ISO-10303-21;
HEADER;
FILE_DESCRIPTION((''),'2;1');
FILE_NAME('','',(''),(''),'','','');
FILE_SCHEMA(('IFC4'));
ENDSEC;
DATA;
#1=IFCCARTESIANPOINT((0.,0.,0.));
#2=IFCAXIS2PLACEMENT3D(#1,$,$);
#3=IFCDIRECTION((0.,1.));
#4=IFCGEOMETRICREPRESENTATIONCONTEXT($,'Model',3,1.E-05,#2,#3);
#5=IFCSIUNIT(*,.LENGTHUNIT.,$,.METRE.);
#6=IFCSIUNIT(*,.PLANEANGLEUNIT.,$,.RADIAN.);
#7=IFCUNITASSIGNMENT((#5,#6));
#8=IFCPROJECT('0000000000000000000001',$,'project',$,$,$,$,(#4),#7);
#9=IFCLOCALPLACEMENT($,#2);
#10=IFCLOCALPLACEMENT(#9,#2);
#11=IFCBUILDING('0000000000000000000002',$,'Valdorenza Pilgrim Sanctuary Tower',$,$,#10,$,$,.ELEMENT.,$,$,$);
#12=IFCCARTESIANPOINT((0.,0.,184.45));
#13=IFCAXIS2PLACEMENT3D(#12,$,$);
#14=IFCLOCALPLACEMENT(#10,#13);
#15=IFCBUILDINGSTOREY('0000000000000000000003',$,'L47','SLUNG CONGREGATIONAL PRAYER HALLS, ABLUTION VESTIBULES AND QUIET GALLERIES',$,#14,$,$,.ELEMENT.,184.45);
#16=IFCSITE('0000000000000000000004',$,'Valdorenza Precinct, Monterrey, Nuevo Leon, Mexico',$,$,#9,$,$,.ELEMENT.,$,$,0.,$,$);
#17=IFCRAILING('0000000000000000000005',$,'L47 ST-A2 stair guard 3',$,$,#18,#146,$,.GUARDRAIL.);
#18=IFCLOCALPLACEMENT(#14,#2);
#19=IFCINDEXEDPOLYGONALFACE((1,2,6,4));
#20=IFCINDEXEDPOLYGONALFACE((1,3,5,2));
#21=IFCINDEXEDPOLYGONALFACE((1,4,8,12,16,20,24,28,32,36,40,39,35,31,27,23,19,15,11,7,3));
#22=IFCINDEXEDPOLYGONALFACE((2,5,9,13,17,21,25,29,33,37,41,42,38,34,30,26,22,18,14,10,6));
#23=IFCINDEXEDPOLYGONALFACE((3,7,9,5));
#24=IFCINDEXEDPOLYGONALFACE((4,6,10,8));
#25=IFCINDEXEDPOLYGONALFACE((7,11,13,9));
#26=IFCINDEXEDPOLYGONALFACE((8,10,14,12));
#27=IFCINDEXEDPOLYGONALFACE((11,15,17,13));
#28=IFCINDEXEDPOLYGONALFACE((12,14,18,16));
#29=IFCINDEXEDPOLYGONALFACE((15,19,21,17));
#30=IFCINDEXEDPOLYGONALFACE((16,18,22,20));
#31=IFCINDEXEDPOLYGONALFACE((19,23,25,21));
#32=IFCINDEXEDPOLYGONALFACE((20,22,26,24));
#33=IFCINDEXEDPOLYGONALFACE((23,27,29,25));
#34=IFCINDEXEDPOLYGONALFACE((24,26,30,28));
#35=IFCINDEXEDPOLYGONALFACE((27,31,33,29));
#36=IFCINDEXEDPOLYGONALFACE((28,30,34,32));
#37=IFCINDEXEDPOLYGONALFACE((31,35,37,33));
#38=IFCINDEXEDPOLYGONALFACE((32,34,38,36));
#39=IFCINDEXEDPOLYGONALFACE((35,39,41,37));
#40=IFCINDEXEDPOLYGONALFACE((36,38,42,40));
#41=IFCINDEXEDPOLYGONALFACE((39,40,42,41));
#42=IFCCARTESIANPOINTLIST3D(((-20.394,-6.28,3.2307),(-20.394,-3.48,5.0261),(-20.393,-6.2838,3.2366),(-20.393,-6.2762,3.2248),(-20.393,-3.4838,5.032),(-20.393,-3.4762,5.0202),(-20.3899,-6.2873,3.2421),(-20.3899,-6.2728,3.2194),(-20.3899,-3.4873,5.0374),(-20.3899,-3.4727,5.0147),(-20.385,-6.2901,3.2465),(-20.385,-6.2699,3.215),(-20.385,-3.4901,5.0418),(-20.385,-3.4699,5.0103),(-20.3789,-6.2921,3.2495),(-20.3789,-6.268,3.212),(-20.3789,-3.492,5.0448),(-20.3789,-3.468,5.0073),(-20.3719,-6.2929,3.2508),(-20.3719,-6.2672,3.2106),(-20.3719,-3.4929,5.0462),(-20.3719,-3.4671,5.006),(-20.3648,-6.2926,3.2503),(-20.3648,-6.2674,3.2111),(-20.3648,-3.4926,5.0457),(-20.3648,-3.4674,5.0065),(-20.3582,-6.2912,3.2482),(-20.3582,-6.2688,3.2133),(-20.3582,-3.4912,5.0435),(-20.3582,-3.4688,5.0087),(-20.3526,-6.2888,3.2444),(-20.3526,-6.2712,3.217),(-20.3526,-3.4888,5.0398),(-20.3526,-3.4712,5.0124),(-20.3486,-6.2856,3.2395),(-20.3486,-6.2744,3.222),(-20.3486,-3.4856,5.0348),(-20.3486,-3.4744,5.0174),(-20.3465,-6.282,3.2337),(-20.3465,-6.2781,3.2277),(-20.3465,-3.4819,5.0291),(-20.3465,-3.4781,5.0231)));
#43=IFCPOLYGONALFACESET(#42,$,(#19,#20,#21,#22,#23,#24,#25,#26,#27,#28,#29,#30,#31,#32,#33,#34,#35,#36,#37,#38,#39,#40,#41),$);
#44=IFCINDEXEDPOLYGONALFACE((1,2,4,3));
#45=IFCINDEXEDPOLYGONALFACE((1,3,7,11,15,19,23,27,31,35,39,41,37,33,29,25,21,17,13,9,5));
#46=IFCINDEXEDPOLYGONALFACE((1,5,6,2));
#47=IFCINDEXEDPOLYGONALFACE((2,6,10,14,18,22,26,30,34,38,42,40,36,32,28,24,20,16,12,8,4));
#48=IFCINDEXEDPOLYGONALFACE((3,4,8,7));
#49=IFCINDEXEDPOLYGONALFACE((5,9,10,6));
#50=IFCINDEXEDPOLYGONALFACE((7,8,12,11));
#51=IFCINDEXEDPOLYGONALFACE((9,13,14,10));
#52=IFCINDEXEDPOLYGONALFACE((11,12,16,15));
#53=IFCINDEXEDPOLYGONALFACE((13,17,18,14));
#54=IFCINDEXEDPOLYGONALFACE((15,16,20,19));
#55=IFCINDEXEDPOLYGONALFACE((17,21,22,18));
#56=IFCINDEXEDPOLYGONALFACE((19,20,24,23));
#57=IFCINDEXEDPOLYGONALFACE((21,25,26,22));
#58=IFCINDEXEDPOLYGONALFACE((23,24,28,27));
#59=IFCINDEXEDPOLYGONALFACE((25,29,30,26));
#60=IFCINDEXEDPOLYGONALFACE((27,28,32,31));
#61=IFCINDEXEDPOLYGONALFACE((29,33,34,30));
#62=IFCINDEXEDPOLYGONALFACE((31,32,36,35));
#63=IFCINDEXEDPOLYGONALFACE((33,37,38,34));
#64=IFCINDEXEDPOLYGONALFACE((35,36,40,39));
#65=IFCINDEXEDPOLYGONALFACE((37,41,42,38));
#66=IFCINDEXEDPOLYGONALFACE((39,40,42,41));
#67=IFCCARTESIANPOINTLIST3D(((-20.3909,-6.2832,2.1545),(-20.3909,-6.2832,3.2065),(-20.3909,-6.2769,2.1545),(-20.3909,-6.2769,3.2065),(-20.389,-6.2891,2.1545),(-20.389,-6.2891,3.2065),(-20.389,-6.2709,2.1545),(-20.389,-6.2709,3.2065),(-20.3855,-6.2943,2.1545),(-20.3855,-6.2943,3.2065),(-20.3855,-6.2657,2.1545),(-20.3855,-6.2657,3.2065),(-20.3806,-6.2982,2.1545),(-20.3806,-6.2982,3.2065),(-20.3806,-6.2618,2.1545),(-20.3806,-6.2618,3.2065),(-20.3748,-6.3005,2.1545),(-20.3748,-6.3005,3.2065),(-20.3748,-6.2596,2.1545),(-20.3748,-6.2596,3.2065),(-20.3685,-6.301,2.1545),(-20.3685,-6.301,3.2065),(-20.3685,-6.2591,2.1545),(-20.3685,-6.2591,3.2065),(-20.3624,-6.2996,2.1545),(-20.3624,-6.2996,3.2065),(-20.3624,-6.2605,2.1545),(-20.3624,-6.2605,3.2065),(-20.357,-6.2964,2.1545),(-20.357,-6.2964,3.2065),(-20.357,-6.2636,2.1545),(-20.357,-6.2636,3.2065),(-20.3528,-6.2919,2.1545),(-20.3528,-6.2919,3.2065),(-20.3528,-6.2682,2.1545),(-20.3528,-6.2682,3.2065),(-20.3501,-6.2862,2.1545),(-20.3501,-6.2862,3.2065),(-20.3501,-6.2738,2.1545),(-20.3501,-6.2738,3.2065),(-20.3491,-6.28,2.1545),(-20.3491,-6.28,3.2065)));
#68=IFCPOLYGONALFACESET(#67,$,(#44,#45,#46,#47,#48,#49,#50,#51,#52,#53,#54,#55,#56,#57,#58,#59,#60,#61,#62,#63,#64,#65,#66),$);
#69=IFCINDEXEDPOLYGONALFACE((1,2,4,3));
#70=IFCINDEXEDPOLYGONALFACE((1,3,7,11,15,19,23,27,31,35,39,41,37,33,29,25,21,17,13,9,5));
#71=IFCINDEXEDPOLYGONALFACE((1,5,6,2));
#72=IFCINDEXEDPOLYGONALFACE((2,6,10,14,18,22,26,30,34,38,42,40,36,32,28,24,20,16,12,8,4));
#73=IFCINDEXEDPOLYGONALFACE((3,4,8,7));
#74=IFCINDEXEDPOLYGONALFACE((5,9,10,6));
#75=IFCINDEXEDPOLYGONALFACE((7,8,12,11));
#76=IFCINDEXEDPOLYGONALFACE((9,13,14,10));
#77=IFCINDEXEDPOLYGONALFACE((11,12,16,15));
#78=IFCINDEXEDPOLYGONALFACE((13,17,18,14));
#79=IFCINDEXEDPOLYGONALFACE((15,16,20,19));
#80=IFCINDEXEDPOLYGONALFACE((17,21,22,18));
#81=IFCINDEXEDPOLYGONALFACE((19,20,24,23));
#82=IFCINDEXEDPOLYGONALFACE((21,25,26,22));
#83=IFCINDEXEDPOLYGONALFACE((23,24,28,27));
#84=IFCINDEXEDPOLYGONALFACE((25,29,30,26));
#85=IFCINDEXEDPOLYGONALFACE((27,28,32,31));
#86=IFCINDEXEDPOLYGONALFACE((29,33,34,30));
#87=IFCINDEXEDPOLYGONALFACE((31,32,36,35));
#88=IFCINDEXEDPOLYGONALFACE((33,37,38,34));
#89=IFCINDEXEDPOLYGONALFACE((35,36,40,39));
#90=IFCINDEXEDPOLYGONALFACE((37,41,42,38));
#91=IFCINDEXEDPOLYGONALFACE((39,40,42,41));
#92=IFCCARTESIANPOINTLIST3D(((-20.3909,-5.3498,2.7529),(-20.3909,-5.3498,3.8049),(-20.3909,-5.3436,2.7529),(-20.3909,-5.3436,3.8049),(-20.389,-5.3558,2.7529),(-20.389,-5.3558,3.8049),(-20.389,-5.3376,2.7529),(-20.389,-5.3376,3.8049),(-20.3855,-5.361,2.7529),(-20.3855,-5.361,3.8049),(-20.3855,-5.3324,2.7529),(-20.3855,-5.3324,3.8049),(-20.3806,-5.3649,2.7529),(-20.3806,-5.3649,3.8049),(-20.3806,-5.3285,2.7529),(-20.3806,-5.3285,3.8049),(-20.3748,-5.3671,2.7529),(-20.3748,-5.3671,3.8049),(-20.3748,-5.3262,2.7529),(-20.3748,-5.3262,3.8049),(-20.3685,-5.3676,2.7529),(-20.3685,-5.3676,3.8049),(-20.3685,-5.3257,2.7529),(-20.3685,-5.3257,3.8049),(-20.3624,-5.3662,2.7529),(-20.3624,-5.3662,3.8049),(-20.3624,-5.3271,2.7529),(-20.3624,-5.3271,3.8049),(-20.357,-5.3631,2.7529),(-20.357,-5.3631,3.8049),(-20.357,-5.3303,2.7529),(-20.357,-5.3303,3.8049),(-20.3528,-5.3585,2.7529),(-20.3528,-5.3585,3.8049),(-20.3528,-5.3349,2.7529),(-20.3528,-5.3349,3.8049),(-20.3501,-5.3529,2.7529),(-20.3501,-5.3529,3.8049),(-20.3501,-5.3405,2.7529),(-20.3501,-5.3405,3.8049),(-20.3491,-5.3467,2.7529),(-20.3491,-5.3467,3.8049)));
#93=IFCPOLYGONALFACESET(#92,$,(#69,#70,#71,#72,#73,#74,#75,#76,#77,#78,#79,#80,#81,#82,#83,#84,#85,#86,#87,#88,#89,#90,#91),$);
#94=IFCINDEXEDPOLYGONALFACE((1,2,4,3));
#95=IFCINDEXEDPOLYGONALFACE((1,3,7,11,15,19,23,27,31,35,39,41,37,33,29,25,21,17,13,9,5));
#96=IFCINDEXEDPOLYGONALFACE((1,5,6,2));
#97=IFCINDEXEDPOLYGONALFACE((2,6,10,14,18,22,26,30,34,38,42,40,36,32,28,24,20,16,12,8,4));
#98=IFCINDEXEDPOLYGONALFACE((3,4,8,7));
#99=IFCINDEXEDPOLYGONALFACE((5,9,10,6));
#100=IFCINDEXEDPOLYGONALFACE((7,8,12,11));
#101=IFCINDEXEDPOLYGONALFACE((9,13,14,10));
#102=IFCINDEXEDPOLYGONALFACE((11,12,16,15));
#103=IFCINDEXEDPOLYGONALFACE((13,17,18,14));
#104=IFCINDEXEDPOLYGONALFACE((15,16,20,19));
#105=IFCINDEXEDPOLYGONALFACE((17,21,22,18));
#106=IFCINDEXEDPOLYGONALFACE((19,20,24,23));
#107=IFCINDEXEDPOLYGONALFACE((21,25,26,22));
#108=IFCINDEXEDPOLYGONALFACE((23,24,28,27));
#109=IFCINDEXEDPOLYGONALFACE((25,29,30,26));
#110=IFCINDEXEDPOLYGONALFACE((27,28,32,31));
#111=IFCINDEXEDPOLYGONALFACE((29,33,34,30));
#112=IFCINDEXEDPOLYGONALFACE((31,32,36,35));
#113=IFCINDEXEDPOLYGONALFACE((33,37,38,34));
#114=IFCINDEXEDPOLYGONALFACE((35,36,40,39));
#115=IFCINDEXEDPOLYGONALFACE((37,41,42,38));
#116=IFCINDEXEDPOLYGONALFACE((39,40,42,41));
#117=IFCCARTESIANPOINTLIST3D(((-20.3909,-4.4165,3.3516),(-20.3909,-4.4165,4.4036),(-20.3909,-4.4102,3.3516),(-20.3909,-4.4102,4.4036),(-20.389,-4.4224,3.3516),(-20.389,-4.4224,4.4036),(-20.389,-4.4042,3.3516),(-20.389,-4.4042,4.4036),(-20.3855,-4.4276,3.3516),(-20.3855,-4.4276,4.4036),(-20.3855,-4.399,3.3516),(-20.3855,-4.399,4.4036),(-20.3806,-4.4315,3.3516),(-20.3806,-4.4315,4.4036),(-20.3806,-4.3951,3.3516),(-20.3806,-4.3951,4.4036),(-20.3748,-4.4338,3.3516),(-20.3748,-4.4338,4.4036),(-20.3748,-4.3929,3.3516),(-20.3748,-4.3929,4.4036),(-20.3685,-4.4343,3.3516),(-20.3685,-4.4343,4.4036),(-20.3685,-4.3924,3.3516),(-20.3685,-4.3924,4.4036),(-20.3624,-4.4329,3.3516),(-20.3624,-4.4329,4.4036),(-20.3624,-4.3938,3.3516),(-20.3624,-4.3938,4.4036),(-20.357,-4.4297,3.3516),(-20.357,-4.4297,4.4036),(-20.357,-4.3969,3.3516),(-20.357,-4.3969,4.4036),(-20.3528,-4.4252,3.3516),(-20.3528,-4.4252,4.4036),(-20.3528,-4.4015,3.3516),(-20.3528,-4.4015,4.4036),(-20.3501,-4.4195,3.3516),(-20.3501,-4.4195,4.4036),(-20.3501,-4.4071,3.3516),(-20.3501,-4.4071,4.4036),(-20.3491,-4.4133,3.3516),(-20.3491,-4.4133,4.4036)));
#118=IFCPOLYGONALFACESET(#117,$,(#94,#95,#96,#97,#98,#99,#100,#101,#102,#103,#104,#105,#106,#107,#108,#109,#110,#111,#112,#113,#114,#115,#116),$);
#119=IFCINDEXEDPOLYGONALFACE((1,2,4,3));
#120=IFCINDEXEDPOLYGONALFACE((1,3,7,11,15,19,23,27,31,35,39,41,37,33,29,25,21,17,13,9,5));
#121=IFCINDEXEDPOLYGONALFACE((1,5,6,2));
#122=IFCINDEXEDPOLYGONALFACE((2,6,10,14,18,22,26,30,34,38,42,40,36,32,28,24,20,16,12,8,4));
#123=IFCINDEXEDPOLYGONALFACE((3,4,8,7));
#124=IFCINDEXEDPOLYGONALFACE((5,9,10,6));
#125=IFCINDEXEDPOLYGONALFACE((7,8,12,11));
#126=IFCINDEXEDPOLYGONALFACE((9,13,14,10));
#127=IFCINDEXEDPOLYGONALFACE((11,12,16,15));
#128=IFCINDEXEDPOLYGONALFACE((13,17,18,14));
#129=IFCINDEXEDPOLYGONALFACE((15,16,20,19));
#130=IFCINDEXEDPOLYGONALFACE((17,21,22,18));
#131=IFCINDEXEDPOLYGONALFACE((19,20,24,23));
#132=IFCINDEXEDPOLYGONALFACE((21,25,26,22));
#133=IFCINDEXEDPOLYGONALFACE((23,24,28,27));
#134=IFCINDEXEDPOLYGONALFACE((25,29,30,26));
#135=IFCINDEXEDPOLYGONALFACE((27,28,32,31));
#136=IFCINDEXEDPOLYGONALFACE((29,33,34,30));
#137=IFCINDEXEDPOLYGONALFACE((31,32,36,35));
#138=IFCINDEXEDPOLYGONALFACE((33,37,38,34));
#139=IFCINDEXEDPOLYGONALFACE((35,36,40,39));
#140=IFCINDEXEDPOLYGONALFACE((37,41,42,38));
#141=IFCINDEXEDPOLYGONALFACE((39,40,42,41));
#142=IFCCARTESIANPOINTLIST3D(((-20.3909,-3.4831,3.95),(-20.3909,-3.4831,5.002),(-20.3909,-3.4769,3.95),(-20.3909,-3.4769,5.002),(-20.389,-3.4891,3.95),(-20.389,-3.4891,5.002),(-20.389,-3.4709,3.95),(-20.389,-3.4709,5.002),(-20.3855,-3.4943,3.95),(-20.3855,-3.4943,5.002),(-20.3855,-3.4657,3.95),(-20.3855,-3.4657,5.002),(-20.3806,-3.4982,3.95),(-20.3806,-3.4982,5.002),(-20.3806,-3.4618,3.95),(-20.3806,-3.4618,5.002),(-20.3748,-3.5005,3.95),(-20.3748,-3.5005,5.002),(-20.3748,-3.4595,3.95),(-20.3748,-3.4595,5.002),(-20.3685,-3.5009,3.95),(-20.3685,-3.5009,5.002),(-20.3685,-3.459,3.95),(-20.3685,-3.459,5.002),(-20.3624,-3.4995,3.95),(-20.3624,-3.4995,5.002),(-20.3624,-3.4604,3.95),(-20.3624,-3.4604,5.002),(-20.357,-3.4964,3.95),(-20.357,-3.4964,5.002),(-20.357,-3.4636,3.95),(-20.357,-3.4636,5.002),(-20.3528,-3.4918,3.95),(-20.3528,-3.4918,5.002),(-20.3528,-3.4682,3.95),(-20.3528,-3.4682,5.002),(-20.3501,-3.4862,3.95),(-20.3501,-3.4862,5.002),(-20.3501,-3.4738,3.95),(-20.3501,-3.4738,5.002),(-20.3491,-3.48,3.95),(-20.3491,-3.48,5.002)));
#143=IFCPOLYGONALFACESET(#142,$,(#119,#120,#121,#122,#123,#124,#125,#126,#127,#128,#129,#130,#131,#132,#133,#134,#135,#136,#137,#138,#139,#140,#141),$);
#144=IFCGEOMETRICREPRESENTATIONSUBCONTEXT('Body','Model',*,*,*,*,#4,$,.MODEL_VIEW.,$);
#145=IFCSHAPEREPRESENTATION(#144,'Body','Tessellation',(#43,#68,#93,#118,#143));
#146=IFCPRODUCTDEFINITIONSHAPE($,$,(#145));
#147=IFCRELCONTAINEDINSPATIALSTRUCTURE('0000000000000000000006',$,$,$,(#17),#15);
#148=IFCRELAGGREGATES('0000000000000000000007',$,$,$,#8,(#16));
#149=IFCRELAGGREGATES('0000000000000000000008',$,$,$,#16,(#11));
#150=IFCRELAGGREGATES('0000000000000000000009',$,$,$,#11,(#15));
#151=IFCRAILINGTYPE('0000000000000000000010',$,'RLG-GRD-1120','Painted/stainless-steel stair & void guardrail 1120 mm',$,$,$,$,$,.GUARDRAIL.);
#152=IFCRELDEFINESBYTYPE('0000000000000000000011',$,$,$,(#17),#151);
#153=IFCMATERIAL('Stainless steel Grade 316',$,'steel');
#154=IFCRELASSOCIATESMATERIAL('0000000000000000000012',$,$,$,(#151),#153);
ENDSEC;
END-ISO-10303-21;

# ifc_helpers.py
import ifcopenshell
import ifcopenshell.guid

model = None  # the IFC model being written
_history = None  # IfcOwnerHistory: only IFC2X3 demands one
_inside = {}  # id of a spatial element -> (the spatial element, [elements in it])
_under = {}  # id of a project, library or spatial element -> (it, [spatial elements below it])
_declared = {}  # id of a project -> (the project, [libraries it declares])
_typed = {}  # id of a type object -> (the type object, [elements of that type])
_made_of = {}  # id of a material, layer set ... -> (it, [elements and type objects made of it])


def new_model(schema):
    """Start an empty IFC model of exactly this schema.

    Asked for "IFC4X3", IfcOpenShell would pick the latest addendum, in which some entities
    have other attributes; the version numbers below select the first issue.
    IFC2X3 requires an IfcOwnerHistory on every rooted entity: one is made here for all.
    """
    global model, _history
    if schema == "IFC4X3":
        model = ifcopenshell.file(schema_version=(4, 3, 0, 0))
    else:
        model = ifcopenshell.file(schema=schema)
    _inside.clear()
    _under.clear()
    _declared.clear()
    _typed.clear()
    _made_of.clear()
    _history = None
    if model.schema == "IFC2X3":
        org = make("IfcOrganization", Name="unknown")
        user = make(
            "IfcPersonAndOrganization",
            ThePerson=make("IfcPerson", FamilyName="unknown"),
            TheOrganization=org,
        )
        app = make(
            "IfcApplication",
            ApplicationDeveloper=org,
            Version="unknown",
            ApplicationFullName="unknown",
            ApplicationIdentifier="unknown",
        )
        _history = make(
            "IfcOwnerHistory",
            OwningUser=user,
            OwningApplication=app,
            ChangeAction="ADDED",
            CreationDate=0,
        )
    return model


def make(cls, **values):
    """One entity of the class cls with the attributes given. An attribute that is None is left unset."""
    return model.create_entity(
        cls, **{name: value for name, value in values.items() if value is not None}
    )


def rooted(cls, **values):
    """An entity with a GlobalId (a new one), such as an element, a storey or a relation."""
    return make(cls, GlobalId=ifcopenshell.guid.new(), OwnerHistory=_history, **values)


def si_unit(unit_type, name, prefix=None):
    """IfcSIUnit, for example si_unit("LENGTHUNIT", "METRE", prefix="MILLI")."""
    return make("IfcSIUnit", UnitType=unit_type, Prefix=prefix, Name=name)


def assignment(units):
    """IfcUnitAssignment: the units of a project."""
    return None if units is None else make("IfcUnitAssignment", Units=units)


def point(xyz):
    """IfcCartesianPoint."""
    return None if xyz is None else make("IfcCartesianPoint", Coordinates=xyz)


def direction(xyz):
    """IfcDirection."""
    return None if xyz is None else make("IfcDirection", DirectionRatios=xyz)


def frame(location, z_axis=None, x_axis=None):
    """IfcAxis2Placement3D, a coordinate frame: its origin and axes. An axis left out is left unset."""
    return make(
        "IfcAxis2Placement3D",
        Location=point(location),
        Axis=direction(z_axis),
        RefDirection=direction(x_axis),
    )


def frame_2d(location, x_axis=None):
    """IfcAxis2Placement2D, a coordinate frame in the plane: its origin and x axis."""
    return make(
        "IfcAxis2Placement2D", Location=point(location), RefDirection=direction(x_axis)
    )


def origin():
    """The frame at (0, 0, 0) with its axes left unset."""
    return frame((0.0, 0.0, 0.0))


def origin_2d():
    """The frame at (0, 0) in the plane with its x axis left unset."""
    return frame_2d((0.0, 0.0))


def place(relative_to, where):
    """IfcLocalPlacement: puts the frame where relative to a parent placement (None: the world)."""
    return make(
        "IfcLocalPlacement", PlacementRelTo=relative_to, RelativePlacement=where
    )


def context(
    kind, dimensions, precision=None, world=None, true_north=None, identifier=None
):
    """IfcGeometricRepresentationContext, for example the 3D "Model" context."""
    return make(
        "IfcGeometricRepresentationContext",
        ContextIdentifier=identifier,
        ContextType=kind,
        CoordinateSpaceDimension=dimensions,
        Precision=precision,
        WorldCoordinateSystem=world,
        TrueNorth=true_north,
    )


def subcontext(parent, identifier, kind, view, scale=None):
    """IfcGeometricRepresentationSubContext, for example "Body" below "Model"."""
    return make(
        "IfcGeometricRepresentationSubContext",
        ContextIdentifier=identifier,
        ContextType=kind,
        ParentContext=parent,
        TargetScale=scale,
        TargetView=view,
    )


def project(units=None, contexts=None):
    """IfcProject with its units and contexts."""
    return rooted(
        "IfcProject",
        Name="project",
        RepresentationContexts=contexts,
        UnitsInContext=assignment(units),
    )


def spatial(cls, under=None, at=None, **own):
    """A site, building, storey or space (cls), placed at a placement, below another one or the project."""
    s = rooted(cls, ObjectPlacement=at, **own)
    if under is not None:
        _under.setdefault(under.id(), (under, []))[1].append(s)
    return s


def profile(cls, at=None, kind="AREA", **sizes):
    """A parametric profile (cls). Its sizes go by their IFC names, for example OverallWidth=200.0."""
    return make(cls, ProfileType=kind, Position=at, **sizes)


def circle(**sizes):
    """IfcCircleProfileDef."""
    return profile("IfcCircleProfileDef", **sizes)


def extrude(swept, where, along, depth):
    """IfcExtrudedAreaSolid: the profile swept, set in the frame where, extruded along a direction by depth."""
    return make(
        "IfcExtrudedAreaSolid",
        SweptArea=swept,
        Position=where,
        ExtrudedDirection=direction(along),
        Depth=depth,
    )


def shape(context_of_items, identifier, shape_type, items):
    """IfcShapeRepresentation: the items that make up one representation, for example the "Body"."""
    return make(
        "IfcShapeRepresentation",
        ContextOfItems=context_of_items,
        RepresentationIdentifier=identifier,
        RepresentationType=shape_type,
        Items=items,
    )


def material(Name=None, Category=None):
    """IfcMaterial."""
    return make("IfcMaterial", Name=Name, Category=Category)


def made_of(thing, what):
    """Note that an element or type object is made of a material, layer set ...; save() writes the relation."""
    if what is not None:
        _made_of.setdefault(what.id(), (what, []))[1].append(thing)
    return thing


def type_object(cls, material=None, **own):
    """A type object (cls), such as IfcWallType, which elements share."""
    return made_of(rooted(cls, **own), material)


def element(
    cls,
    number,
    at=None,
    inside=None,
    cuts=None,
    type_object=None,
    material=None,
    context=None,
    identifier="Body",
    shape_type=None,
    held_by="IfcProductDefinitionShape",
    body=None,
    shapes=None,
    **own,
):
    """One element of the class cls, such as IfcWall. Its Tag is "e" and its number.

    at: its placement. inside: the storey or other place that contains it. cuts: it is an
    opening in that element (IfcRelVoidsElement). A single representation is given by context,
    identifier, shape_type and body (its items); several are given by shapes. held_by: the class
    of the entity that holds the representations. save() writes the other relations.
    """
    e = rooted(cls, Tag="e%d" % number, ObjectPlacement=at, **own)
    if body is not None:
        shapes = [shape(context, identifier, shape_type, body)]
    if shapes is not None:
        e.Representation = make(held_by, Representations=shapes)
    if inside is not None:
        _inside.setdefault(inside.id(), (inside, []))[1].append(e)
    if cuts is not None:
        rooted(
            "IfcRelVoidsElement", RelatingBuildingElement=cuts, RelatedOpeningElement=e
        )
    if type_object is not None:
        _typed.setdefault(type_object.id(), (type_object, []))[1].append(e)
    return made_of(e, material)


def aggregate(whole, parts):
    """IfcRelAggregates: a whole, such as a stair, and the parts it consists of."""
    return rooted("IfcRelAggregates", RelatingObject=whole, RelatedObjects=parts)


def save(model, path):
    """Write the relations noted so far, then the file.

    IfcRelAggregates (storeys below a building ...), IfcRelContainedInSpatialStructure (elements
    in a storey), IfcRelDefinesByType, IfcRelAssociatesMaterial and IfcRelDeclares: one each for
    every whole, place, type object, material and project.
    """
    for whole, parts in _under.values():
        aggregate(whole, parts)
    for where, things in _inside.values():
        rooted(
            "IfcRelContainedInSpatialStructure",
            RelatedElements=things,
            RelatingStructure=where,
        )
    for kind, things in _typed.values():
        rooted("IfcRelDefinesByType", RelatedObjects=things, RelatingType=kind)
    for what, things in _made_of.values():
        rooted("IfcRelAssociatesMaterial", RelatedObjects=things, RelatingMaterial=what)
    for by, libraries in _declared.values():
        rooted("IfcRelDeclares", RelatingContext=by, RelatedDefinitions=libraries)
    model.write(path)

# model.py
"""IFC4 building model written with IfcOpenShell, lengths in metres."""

from ifc_helpers import new_model, si_unit, direction, frame, origin, origin_2d, place, context, subcontext, project, spatial, circle, extrude, material, type_object, element, save


model = new_model("IFC4")

# Units and contexts
model_context = context("Model", 3, precision=1e-05, world=origin(), true_north=direction((0.0, 1.0)))
body_context = subcontext(model_context, "Body", "Model", "MODEL_VIEW")
ifc_project = project(units=[si_unit("LENGTHUNIT", "METRE"), si_unit("PLANEANGLEUNIT", "RADIAN")], contexts=[model_context])

# Site, building, storey
site_placement = place(None, origin())
site = spatial("IfcSite", under=ifc_project, at=site_placement, Name="Valdorenza Precinct, Monterrey, Nuevo Leon, Mexico", CompositionType="ELEMENT", RefElevation=0.0)
building_placement = place(site_placement, origin())
building = spatial("IfcBuilding", under=site, at=building_placement, Name="Valdorenza Pilgrim Sanctuary Tower", CompositionType="ELEMENT")
storey_placement = place(building_placement, frame((0.0, 0.0, 184.45)))
storey = spatial("IfcBuildingStorey", under=building, at=storey_placement, Name="L47", Description="SLUNG CONGREGATIONAL PRAYER HALLS, ABLUTION VESTIBULES AND QUIET GALLERIES", CompositionType="ELEMENT", Elevation=184.45)

# Railing
ifc_material_1 = material(Name="Stainless steel Grade 316", Category="steel")
railing_type_1 = type_object("IfcRailingType", Name="RLG-GRD-1120", Description="Painted/stainless-steel stair & void guardrail 1120 mm", PredefinedType="GUARDRAIL", material=ifc_material_1)
railing_1_placement = place(storey_placement, frame((-20.3701, -6.28, 2.1545)))
element("IfcRailing", 1, at=railing_1_placement, inside=storey, type_object=railing_type_1, Name="L47 ST-A2 stair guard 3", PredefinedType="GUARDRAIL", context=body_context, shape_type="SweptSolid", body=[
    extrude(circle(Radius=0.0239, at=origin_2d()), frame((0.0, 0.0, 1.0762), z_axis=(0.0, 0.84181, 0.539774), x_axis=(-1.0, 0.0, 0.0)), (0.0, 0.0, 1.0), 3.3262),
    extrude(circle(Radius=0.021, at=origin_2d()), origin(), (0.0, 0.0, 1.0), 1.052),
    extrude(circle(Radius=0.021, at=origin_2d()), frame((0.0, 0.9333, 0.5984)), (0.0, 0.0, 1.0), 1.052),
    extrude(circle(Radius=0.021, at=origin_2d()), frame((0.0, 1.8667, 1.197)), (0.0, 0.0, 1.0), 1.052),
    extrude(circle(Radius=0.021, at=origin_2d()), frame((0.0, 2.8, 1.7954)), (0.0, 0.0, 1.0), 1.052),
])

save(model, "model.ifc")
